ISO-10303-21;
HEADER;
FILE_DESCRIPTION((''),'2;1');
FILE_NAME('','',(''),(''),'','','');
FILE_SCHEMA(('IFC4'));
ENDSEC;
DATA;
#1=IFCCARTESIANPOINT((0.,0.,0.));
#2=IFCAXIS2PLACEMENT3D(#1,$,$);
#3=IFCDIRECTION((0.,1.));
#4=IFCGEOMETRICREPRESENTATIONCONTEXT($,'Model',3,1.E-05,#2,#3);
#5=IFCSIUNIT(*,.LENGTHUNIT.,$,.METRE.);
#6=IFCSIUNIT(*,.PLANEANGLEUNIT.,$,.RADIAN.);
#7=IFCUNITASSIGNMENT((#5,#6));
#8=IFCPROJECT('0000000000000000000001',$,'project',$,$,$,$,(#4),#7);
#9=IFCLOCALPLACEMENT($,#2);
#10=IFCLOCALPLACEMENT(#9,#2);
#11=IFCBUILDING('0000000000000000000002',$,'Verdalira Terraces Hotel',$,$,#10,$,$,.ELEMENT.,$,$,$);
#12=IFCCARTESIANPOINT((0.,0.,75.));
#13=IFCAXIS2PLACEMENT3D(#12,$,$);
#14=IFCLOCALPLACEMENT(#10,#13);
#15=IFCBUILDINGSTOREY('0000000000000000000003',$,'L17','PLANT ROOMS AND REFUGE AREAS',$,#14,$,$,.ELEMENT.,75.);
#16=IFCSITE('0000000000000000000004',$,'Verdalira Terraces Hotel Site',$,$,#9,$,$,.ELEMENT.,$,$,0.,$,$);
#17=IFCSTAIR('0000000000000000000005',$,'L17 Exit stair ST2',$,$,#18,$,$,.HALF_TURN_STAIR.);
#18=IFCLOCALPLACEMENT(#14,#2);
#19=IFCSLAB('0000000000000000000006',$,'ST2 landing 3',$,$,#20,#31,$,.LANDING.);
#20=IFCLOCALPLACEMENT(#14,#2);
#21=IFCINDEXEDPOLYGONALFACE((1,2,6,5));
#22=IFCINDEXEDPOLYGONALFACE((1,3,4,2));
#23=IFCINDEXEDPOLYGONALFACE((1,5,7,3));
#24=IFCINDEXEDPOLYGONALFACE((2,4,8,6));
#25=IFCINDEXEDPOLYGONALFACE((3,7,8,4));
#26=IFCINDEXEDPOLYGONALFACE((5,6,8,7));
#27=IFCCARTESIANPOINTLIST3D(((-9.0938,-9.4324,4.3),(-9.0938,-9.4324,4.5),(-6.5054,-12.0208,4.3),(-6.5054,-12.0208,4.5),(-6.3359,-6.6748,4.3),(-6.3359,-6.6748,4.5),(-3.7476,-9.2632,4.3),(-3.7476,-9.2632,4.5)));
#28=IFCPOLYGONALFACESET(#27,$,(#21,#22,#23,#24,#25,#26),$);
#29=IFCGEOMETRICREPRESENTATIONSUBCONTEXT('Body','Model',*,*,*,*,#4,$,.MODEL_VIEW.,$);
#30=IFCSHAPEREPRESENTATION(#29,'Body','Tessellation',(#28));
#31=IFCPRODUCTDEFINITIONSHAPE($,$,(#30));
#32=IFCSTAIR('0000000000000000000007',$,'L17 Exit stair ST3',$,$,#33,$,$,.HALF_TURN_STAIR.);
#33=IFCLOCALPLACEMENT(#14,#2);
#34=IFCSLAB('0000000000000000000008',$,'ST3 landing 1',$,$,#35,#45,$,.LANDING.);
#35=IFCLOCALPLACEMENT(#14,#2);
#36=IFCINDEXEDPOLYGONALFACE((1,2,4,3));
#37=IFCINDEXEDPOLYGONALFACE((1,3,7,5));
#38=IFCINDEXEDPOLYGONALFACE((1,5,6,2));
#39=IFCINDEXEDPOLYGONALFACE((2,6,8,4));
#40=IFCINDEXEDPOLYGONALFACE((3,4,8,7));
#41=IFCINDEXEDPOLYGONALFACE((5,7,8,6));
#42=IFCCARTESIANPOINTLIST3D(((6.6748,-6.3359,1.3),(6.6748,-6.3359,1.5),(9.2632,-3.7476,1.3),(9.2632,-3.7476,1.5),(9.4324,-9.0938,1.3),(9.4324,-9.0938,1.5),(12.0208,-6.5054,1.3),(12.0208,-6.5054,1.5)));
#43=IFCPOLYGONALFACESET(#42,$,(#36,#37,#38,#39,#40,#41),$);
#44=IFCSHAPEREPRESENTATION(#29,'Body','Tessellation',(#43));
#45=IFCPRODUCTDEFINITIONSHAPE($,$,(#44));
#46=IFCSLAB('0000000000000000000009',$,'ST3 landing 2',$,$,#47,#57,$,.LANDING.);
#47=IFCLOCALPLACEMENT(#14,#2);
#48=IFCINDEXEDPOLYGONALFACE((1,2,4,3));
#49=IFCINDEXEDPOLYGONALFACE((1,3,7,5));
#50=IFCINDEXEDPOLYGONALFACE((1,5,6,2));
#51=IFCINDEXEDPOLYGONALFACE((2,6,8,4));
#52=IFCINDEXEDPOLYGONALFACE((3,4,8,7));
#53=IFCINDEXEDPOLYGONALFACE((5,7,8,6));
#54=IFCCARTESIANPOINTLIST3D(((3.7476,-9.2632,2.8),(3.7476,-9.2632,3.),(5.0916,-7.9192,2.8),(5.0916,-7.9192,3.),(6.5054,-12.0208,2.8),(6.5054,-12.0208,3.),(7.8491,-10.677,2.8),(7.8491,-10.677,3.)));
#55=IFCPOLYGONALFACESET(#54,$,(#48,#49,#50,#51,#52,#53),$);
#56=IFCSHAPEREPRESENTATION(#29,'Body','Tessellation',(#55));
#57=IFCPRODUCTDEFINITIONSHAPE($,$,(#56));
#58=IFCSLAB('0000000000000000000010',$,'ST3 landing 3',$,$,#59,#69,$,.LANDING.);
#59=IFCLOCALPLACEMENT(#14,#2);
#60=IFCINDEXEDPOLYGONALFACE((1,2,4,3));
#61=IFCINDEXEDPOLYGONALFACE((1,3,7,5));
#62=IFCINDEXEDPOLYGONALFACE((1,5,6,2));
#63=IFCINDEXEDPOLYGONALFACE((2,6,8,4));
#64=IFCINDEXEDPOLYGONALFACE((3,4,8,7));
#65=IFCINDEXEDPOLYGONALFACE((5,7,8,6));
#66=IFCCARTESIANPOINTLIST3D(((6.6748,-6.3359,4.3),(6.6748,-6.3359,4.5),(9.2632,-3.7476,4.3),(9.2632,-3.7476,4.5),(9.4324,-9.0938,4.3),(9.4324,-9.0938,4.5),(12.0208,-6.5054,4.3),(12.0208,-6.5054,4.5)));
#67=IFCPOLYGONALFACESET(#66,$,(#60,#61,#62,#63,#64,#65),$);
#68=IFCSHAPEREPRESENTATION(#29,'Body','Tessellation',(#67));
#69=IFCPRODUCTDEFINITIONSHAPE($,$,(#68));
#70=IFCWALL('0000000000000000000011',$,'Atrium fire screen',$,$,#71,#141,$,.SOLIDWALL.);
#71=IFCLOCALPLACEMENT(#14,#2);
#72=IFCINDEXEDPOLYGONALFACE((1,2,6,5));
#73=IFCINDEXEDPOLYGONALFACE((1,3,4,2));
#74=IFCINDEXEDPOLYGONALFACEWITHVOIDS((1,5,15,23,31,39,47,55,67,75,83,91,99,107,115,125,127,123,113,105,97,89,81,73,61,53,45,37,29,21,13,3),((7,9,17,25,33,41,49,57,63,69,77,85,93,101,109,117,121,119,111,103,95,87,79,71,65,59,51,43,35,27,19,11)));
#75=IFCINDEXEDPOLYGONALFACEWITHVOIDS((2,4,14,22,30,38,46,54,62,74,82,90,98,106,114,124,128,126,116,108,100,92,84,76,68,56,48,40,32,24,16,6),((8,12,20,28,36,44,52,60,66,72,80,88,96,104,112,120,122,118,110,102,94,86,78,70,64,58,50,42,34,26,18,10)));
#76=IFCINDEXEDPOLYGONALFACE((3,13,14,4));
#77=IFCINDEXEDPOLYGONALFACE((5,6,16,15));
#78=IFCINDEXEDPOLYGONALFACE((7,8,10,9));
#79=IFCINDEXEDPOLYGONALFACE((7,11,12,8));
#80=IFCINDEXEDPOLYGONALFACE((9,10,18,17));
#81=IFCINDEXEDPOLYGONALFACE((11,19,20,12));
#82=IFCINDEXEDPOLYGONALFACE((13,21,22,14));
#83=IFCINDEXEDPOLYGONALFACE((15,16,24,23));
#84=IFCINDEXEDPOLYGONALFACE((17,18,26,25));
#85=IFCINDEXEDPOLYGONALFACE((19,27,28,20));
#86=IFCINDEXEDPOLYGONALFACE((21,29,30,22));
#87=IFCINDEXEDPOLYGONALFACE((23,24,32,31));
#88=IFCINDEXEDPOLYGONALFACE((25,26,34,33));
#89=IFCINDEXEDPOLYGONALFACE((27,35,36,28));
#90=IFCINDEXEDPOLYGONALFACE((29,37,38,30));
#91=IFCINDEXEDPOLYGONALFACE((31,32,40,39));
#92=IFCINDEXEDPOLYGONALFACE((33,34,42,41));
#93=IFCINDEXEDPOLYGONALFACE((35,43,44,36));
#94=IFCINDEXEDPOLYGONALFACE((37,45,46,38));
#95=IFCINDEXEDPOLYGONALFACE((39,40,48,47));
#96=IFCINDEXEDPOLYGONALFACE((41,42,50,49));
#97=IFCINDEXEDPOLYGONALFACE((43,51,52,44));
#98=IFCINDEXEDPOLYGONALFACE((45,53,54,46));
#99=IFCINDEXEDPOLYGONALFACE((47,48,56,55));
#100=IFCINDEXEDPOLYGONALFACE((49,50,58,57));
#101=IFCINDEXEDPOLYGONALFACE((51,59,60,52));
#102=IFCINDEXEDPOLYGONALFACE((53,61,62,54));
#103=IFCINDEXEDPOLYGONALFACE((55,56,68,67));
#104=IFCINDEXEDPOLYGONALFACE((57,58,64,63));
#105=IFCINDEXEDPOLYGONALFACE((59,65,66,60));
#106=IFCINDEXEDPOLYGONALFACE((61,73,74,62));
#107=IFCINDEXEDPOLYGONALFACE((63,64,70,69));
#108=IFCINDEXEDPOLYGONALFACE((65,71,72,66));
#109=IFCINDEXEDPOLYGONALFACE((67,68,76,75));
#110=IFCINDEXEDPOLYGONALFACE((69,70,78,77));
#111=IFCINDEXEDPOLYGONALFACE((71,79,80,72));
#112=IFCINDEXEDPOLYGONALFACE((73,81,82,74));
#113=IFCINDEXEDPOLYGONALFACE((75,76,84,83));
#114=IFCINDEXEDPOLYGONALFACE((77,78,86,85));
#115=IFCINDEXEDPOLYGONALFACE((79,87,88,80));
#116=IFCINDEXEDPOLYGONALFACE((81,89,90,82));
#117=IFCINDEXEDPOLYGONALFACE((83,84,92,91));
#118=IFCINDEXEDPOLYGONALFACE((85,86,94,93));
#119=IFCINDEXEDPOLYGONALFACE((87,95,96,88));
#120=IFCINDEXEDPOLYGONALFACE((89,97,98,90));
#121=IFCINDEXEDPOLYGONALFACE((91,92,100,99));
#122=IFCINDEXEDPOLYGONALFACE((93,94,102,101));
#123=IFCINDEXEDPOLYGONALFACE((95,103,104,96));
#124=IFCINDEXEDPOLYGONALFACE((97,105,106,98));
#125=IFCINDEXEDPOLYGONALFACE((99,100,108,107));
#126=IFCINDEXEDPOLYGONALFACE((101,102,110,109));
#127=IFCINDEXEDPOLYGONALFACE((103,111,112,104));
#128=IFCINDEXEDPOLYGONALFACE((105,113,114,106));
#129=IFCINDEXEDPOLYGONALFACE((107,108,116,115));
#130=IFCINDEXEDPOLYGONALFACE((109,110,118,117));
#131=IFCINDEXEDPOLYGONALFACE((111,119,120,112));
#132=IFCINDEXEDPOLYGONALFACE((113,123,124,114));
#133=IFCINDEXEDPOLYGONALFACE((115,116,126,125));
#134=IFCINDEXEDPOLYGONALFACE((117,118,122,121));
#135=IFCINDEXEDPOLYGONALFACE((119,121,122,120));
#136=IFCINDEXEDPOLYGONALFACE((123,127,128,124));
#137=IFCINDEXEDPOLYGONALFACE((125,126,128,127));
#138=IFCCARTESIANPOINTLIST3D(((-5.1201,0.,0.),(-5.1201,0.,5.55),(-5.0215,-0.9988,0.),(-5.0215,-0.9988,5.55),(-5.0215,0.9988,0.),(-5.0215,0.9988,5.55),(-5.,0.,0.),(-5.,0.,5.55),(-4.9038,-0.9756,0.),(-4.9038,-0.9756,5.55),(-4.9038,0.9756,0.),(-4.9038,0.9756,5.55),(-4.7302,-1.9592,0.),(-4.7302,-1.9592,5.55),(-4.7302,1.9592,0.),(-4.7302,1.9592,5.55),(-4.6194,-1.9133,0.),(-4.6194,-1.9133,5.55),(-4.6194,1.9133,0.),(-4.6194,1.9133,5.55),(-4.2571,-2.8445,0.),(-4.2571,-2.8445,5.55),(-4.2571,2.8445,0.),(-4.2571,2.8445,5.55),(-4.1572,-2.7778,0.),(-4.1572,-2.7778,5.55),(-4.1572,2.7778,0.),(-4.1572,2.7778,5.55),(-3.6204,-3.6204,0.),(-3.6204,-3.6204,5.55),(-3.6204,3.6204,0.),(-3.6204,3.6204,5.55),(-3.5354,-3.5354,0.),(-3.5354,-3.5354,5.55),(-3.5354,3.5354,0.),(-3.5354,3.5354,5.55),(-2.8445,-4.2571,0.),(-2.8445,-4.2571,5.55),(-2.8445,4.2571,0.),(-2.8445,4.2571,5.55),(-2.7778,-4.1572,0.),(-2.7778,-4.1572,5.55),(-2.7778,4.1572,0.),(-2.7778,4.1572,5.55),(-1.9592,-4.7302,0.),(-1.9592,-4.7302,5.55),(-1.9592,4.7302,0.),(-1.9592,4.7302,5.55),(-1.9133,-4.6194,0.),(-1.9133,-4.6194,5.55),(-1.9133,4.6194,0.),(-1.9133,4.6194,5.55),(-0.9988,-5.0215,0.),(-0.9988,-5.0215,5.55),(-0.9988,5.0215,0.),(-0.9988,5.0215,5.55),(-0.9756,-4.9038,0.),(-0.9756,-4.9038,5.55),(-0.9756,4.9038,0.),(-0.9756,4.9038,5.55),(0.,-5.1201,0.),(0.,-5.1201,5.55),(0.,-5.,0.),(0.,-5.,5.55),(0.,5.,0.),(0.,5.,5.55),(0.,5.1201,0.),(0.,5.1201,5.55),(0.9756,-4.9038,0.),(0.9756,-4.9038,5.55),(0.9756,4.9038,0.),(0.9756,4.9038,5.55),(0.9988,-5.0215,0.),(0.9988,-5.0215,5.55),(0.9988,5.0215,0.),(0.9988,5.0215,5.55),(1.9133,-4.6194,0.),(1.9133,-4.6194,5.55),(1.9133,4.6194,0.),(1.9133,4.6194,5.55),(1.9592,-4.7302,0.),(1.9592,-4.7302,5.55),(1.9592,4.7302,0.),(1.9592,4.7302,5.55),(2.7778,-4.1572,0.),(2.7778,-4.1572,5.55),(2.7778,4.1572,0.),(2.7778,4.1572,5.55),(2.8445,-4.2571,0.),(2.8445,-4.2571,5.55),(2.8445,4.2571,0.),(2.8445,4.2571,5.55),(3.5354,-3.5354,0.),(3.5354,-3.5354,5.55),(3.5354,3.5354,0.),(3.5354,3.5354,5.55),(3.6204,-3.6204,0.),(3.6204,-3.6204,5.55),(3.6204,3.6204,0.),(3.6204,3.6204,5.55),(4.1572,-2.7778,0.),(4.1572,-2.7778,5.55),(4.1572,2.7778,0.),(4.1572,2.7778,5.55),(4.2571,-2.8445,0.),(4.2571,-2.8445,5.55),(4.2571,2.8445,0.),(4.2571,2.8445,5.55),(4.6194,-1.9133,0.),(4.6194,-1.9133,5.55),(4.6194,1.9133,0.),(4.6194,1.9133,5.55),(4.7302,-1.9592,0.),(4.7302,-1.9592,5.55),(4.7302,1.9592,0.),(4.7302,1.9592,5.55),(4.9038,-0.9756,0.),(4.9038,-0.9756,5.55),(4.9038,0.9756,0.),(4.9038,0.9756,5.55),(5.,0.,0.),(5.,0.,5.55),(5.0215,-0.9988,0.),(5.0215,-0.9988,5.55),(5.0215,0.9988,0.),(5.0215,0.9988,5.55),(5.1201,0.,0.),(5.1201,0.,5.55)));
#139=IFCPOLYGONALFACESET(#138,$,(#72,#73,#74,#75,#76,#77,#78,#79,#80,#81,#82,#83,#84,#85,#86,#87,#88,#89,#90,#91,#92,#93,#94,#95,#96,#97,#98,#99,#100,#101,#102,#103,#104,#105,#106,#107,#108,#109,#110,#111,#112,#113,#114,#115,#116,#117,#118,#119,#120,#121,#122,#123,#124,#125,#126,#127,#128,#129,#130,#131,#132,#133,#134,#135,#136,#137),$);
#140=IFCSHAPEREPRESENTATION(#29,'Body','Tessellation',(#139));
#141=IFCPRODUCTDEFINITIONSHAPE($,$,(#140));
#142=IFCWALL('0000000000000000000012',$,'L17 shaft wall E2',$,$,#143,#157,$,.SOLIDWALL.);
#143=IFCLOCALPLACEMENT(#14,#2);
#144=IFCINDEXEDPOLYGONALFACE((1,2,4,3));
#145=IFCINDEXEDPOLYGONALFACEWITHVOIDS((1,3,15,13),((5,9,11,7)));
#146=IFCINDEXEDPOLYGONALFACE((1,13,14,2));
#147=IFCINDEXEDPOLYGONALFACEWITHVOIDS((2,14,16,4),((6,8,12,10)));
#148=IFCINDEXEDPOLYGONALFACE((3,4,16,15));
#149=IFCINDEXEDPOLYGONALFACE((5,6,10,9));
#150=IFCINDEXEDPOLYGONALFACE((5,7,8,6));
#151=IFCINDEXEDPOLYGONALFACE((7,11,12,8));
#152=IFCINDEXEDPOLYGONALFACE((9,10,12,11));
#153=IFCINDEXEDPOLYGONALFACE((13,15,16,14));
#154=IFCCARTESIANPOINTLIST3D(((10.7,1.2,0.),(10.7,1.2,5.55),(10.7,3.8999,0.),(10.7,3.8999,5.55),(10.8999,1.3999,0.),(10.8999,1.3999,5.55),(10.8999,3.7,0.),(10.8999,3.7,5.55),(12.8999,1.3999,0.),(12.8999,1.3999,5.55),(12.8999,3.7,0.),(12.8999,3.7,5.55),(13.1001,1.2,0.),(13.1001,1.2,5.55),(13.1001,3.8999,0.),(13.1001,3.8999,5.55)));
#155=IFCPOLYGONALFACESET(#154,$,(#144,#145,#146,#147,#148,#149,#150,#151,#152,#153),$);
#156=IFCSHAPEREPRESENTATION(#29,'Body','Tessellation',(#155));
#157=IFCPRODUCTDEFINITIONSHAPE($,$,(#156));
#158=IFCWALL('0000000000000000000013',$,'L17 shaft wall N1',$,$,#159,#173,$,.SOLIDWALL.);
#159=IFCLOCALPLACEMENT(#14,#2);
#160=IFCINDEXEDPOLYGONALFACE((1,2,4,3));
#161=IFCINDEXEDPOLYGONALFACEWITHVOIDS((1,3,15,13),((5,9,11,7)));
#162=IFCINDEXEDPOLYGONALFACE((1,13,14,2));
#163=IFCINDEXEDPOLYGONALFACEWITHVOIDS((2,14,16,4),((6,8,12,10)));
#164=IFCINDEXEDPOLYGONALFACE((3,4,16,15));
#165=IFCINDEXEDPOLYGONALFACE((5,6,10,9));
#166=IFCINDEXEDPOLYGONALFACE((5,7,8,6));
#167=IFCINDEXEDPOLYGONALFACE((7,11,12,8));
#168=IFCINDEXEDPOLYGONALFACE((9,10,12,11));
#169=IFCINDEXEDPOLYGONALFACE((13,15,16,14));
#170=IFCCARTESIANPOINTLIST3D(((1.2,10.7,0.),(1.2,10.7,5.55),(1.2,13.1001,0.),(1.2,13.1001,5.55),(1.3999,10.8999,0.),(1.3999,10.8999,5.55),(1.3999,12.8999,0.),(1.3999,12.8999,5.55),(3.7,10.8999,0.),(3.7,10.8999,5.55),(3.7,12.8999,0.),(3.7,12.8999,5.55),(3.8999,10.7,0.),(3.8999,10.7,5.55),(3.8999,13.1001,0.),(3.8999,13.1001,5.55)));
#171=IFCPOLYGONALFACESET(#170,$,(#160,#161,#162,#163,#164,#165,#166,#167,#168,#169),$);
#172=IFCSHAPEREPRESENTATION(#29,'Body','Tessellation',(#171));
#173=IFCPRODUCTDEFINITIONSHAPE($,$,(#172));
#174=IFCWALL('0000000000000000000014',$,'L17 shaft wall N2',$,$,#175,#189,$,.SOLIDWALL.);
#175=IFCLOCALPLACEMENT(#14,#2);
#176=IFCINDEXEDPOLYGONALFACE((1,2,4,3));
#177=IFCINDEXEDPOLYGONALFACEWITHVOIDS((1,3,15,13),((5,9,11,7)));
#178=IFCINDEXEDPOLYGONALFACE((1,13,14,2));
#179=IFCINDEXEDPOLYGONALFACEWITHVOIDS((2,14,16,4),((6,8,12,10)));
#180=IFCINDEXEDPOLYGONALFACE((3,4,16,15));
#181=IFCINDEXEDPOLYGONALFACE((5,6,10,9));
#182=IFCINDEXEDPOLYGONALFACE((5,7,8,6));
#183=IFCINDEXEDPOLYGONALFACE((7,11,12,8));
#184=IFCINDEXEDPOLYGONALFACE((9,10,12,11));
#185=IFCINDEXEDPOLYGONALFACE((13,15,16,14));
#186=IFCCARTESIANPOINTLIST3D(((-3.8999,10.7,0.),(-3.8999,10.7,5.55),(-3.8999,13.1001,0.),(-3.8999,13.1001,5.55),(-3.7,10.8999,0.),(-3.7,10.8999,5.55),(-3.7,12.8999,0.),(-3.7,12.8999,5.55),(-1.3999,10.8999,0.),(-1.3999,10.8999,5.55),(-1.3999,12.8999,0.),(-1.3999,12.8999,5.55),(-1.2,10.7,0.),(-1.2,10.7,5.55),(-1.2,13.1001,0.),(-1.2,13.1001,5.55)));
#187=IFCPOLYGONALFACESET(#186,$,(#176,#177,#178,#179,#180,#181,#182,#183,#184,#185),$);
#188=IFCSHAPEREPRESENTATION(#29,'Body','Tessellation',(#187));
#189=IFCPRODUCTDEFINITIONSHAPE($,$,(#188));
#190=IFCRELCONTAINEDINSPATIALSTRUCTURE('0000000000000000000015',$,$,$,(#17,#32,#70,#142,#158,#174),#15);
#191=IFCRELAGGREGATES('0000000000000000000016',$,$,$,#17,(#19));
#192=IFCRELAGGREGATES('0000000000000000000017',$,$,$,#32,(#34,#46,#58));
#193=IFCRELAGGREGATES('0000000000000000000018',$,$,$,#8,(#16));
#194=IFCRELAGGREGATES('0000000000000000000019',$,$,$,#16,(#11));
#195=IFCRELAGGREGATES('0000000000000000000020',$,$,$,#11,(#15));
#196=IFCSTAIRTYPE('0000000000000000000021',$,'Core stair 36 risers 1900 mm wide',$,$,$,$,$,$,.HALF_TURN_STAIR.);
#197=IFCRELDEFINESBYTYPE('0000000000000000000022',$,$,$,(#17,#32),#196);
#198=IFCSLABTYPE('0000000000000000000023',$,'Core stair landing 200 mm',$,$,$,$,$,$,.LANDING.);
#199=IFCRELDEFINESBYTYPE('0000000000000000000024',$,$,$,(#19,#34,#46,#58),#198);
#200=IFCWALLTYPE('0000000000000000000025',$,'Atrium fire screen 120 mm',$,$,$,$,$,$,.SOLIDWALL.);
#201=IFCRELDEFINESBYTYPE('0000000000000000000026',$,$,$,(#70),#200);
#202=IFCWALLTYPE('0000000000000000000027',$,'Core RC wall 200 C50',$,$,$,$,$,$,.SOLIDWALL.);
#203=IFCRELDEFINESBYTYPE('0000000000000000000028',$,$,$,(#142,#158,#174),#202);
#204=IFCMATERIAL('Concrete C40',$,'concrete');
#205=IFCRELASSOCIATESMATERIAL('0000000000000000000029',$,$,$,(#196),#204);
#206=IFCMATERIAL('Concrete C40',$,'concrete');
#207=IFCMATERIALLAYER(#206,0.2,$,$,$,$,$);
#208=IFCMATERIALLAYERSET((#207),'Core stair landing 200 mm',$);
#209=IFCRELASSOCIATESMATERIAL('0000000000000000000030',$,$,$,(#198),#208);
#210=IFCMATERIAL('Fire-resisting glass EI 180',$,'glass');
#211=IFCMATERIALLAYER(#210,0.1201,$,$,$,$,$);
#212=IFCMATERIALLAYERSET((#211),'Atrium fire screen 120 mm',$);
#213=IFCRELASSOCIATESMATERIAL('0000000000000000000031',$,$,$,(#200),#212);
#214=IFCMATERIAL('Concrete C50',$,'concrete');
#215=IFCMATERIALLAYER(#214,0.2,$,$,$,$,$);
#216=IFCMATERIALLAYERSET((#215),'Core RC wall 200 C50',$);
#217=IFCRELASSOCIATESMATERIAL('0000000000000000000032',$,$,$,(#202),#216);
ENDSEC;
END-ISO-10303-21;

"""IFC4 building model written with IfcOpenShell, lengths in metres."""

from ifc_helpers import new_model, si_unit, direction, frame, origin, place, context, subcontext, project, spatial, polyline, outline, extrude, material, layer, layer_set, type_object, element, aggregate, save


model = new_model("IFC4")

# Units and contexts
model_context = context("Model", 3, precision=1e-05, world=origin(), true_north=direction((0.0, 1.0)))
body_context = subcontext(model_context, "Body", "Model", "MODEL_VIEW")
ifc_project = project(units=[si_unit("LENGTHUNIT", "METRE"), si_unit("PLANEANGLEUNIT", "RADIAN")], contexts=[model_context])

# Site, building, storey
site_placement = place(None, origin())
site = spatial("IfcSite", under=ifc_project, at=site_placement, Name="Verdalira Terraces Hotel Site", CompositionType="ELEMENT", RefElevation=0.0)
building_placement = place(site_placement, origin())
building = spatial("IfcBuilding", under=site, at=building_placement, Name="Verdalira Terraces Hotel", CompositionType="ELEMENT")
storey_placement = place(building_placement, frame((0.0, 0.0, 75.0)))
storey = spatial("IfcBuildingStorey", under=building, at=storey_placement, Name="L17", Description="PLANT ROOMS AND REFUGE AREAS", CompositionType="ELEMENT", Elevation=75.0)

# Stairs, slabs
ifc_material_1 = material(Name="Concrete C40", Category="concrete")
stair_type = type_object("IfcStairType", Name="Core stair 36 risers 1900 mm wide", PredefinedType="HALF_TURN_STAIR", material=ifc_material_1)
ifc_material_2 = material(Name="Concrete C40", Category="concrete")
ifc_layer_1 = layer(ifc_material_2, 0.2)
ifc_layer_set_1 = layer_set([ifc_layer_1], Name="Core stair landing 200 mm")
slab_type_1 = type_object("IfcSlabType", Name="Core stair landing 200 mm", PredefinedType="LANDING", material=ifc_layer_set_1)
stair_1_placement = place(storey_placement, origin())
stair_1 = element("IfcStair", 1, at=stair_1_placement, inside=storey, type_object=stair_type, Name="L17 Exit stair ST2", PredefinedType="HALF_TURN_STAIR")
slab_1_placement = place(storey_placement, frame((0.0, 0.0, 4.3)))
slab_1 = element("IfcSlab", 2, at=slab_1_placement, type_object=slab_type_1, Name="ST2 landing 3", PredefinedType="LANDING", context=body_context, shape_type="SweptSolid", body=[
    extrude(outline(polyline([(-9.0938, -9.4324), (-6.5054, -12.0208), (-3.7476, -9.2632), (-6.3359, -6.6748), (-9.0938, -9.4324)])), origin(), (0.0, 0.0, 1.0), 0.2),
])
aggregate(stair_1, [slab_1])
stair_2_placement = place(storey_placement, origin())
stair_2 = element("IfcStair", 3, at=stair_2_placement, inside=storey, type_object=stair_type, Name="L17 Exit stair ST3", PredefinedType="HALF_TURN_STAIR")
slab_2_placement = place(storey_placement, frame((0.0, 0.0, 1.3)))
slab_2 = element("IfcSlab", 4, at=slab_2_placement, type_object=slab_type_1, Name="ST3 landing 1", PredefinedType="LANDING", context=body_context, shape_type="SweptSolid", body=[
    extrude(outline(polyline([(9.4324, -9.0938), (12.0208, -6.5054), (9.2632, -3.7476), (6.6748, -6.3359), (9.4324, -9.0938)])), origin(), (0.0, 0.0, 1.0), 0.2),
])
slab_3_placement = place(storey_placement, frame((0.0, 0.0, 2.8)))
slab_3 = element("IfcSlab", 5, at=slab_3_placement, type_object=slab_type_1, Name="ST3 landing 2", PredefinedType="LANDING", context=body_context, shape_type="SweptSolid", body=[
    extrude(outline(polyline([(6.5054, -12.0208), (7.8491, -10.677), (5.0916, -7.9192), (3.7476, -9.2632), (6.5054, -12.0208)])), origin(), (0.0, 0.0, 1.0), 0.2),
])
slab_4_placement = place(storey_placement, frame((0.0, 0.0, 4.3)))
slab_4 = element("IfcSlab", 6, at=slab_4_placement, type_object=slab_type_1, Name="ST3 landing 3", PredefinedType="LANDING", context=body_context, shape_type="SweptSolid", body=[
    extrude(outline(polyline([(9.4324, -9.0938), (12.0208, -6.5054), (9.2632, -3.7476), (6.6748, -6.3359), (9.4324, -9.0938)])), origin(), (0.0, 0.0, 1.0), 0.2),
])
aggregate(stair_2, [slab_2, slab_3, slab_4])

# Walls
ifc_material_3 = material(Name="Fire-resisting glass EI 180", Category="glass")
ifc_layer_2 = layer(ifc_material_3, 0.1201)
ifc_layer_set_2 = layer_set([ifc_layer_2], Name="Atrium fire screen 120 mm")
wall_type_1 = type_object("IfcWallType", Name="Atrium fire screen 120 mm", PredefinedType="SOLIDWALL", material=ifc_layer_set_2)
wall_1_placement = place(storey_placement, origin())
element("IfcWall", 7, at=wall_1_placement, inside=storey, type_object=wall_type_1, Name="Atrium fire screen", PredefinedType="SOLIDWALL", context=body_context, shape_type="SweptSolid", body=[
    extrude(outline(polyline([(5.0215, -0.9988), (4.7302, -1.9592), (4.2571, -2.8445), (3.6204, -3.6204), (2.8445, -4.2571), (1.9592, -4.7302), (0.9988, -5.0215), (0.0, -5.1201), (-0.9988, -5.0215), (-1.9592, -4.7302), (-2.8445, -4.2571), (-3.6204, -3.6204), (-4.2571, -2.8445), (-4.7302, -1.9592), (-5.0215, -0.9988), (-5.1201, 0.0), (-5.0215, 0.9988), (-4.7302, 1.9592), (-4.2571, 2.8445), (-3.6204, 3.6204), (-2.8445, 4.2571), (-1.9592, 4.7302), (-0.9988, 5.0215), (0.0, 5.1201), (0.9988, 5.0215), (1.9592, 4.7302), (2.8445, 4.2571), (3.6204, 3.6204), (4.2571, 2.8445), (4.7302, 1.9592), (5.0215, 0.9988), (5.1201, 0.0), (5.0215, -0.9988)]), holes=[polyline([(4.9038, 0.9756), (4.6194, 1.9133), (4.1572, 2.7778), (3.5354, 3.5354), (2.7778, 4.1572), (1.9133, 4.6194), (0.9756, 4.9038), (0.0, 5.0), (-0.9756, 4.9038), (-1.9133, 4.6194), (-2.7778, 4.1572), (-3.5354, 3.5354), (-4.1572, 2.7778), (-4.6194, 1.9133), (-4.9038, 0.9756), (-5.0, 0.0), (-4.9038, -0.9756), (-4.6194, -1.9133), (-4.1572, -2.7778), (-3.5354, -3.5354), (-2.7778, -4.1572), (-1.9133, -4.6194), (-0.9756, -4.9038), (0.0, -5.0), (0.9756, -4.9038), (1.9133, -4.6194), (2.7778, -4.1572), (3.5354, -3.5354), (4.1572, -2.7778), (4.6194, -1.9133), (4.9038, -0.9756), (5.0, 0.0), (4.9038, 0.9756)])]), origin(), (0.0, 0.0, 1.0), 5.55),
])
ifc_material_4 = material(Name="Concrete C50", Category="concrete")
ifc_layer_3 = layer(ifc_material_4, 0.2)
ifc_layer_set_3 = layer_set([ifc_layer_3], Name="Core RC wall 200 C50")
wall_type_2 = type_object("IfcWallType", Name="Core RC wall 200 C50", PredefinedType="SOLIDWALL", material=ifc_layer_set_3)
wall_2_placement = place(storey_placement, origin())
element("IfcWall", 8, at=wall_2_placement, inside=storey, type_object=wall_type_2, Name="L17 shaft wall E2", PredefinedType="SOLIDWALL", context=body_context, shape_type="SweptSolid", body=[
    extrude(outline(polyline([(10.7, 3.8999), (13.1001, 3.8999), (13.1001, 1.2), (10.7, 1.2), (10.7, 3.8999)]), holes=[polyline([(12.8999, 1.3999), (12.8999, 3.7), (10.8999, 3.7), (10.8999, 1.3999), (12.8999, 1.3999)])]), origin(), (0.0, 0.0, 1.0), 5.55),
])
wall_3_placement = place(storey_placement, origin())
element("IfcWall", 9, at=wall_3_placement, inside=storey, type_object=wall_type_2, Name="L17 shaft wall N1", PredefinedType="SOLIDWALL", context=body_context, shape_type="SweptSolid", body=[
    extrude(outline(polyline([(1.2, 13.1001), (3.8999, 13.1001), (3.8999, 10.7), (1.2, 10.7), (1.2, 13.1001)]), holes=[polyline([(3.7, 10.8999), (3.7, 12.8999), (1.3999, 12.8999), (1.3999, 10.8999), (3.7, 10.8999)])]), origin(), (0.0, 0.0, 1.0), 5.55),
])
wall_4_placement = place(storey_placement, origin())
element("IfcWall", 10, at=wall_4_placement, inside=storey, type_object=wall_type_2, Name="L17 shaft wall N2", PredefinedType="SOLIDWALL", context=body_context, shape_type="SweptSolid", body=[
    extrude(outline(polyline([(-3.8999, 10.7), (-3.8999, 13.1001), (-1.2, 13.1001), (-1.2, 10.7), (-3.8999, 10.7)]), holes=[polyline([(-1.3999, 12.8999), (-3.7, 12.8999), (-3.7, 10.8999), (-1.3999, 10.8999), (-1.3999, 12.8999)])]), origin(), (0.0, 0.0, 1.0), 5.55),
])

save(model, "model.ifc")
